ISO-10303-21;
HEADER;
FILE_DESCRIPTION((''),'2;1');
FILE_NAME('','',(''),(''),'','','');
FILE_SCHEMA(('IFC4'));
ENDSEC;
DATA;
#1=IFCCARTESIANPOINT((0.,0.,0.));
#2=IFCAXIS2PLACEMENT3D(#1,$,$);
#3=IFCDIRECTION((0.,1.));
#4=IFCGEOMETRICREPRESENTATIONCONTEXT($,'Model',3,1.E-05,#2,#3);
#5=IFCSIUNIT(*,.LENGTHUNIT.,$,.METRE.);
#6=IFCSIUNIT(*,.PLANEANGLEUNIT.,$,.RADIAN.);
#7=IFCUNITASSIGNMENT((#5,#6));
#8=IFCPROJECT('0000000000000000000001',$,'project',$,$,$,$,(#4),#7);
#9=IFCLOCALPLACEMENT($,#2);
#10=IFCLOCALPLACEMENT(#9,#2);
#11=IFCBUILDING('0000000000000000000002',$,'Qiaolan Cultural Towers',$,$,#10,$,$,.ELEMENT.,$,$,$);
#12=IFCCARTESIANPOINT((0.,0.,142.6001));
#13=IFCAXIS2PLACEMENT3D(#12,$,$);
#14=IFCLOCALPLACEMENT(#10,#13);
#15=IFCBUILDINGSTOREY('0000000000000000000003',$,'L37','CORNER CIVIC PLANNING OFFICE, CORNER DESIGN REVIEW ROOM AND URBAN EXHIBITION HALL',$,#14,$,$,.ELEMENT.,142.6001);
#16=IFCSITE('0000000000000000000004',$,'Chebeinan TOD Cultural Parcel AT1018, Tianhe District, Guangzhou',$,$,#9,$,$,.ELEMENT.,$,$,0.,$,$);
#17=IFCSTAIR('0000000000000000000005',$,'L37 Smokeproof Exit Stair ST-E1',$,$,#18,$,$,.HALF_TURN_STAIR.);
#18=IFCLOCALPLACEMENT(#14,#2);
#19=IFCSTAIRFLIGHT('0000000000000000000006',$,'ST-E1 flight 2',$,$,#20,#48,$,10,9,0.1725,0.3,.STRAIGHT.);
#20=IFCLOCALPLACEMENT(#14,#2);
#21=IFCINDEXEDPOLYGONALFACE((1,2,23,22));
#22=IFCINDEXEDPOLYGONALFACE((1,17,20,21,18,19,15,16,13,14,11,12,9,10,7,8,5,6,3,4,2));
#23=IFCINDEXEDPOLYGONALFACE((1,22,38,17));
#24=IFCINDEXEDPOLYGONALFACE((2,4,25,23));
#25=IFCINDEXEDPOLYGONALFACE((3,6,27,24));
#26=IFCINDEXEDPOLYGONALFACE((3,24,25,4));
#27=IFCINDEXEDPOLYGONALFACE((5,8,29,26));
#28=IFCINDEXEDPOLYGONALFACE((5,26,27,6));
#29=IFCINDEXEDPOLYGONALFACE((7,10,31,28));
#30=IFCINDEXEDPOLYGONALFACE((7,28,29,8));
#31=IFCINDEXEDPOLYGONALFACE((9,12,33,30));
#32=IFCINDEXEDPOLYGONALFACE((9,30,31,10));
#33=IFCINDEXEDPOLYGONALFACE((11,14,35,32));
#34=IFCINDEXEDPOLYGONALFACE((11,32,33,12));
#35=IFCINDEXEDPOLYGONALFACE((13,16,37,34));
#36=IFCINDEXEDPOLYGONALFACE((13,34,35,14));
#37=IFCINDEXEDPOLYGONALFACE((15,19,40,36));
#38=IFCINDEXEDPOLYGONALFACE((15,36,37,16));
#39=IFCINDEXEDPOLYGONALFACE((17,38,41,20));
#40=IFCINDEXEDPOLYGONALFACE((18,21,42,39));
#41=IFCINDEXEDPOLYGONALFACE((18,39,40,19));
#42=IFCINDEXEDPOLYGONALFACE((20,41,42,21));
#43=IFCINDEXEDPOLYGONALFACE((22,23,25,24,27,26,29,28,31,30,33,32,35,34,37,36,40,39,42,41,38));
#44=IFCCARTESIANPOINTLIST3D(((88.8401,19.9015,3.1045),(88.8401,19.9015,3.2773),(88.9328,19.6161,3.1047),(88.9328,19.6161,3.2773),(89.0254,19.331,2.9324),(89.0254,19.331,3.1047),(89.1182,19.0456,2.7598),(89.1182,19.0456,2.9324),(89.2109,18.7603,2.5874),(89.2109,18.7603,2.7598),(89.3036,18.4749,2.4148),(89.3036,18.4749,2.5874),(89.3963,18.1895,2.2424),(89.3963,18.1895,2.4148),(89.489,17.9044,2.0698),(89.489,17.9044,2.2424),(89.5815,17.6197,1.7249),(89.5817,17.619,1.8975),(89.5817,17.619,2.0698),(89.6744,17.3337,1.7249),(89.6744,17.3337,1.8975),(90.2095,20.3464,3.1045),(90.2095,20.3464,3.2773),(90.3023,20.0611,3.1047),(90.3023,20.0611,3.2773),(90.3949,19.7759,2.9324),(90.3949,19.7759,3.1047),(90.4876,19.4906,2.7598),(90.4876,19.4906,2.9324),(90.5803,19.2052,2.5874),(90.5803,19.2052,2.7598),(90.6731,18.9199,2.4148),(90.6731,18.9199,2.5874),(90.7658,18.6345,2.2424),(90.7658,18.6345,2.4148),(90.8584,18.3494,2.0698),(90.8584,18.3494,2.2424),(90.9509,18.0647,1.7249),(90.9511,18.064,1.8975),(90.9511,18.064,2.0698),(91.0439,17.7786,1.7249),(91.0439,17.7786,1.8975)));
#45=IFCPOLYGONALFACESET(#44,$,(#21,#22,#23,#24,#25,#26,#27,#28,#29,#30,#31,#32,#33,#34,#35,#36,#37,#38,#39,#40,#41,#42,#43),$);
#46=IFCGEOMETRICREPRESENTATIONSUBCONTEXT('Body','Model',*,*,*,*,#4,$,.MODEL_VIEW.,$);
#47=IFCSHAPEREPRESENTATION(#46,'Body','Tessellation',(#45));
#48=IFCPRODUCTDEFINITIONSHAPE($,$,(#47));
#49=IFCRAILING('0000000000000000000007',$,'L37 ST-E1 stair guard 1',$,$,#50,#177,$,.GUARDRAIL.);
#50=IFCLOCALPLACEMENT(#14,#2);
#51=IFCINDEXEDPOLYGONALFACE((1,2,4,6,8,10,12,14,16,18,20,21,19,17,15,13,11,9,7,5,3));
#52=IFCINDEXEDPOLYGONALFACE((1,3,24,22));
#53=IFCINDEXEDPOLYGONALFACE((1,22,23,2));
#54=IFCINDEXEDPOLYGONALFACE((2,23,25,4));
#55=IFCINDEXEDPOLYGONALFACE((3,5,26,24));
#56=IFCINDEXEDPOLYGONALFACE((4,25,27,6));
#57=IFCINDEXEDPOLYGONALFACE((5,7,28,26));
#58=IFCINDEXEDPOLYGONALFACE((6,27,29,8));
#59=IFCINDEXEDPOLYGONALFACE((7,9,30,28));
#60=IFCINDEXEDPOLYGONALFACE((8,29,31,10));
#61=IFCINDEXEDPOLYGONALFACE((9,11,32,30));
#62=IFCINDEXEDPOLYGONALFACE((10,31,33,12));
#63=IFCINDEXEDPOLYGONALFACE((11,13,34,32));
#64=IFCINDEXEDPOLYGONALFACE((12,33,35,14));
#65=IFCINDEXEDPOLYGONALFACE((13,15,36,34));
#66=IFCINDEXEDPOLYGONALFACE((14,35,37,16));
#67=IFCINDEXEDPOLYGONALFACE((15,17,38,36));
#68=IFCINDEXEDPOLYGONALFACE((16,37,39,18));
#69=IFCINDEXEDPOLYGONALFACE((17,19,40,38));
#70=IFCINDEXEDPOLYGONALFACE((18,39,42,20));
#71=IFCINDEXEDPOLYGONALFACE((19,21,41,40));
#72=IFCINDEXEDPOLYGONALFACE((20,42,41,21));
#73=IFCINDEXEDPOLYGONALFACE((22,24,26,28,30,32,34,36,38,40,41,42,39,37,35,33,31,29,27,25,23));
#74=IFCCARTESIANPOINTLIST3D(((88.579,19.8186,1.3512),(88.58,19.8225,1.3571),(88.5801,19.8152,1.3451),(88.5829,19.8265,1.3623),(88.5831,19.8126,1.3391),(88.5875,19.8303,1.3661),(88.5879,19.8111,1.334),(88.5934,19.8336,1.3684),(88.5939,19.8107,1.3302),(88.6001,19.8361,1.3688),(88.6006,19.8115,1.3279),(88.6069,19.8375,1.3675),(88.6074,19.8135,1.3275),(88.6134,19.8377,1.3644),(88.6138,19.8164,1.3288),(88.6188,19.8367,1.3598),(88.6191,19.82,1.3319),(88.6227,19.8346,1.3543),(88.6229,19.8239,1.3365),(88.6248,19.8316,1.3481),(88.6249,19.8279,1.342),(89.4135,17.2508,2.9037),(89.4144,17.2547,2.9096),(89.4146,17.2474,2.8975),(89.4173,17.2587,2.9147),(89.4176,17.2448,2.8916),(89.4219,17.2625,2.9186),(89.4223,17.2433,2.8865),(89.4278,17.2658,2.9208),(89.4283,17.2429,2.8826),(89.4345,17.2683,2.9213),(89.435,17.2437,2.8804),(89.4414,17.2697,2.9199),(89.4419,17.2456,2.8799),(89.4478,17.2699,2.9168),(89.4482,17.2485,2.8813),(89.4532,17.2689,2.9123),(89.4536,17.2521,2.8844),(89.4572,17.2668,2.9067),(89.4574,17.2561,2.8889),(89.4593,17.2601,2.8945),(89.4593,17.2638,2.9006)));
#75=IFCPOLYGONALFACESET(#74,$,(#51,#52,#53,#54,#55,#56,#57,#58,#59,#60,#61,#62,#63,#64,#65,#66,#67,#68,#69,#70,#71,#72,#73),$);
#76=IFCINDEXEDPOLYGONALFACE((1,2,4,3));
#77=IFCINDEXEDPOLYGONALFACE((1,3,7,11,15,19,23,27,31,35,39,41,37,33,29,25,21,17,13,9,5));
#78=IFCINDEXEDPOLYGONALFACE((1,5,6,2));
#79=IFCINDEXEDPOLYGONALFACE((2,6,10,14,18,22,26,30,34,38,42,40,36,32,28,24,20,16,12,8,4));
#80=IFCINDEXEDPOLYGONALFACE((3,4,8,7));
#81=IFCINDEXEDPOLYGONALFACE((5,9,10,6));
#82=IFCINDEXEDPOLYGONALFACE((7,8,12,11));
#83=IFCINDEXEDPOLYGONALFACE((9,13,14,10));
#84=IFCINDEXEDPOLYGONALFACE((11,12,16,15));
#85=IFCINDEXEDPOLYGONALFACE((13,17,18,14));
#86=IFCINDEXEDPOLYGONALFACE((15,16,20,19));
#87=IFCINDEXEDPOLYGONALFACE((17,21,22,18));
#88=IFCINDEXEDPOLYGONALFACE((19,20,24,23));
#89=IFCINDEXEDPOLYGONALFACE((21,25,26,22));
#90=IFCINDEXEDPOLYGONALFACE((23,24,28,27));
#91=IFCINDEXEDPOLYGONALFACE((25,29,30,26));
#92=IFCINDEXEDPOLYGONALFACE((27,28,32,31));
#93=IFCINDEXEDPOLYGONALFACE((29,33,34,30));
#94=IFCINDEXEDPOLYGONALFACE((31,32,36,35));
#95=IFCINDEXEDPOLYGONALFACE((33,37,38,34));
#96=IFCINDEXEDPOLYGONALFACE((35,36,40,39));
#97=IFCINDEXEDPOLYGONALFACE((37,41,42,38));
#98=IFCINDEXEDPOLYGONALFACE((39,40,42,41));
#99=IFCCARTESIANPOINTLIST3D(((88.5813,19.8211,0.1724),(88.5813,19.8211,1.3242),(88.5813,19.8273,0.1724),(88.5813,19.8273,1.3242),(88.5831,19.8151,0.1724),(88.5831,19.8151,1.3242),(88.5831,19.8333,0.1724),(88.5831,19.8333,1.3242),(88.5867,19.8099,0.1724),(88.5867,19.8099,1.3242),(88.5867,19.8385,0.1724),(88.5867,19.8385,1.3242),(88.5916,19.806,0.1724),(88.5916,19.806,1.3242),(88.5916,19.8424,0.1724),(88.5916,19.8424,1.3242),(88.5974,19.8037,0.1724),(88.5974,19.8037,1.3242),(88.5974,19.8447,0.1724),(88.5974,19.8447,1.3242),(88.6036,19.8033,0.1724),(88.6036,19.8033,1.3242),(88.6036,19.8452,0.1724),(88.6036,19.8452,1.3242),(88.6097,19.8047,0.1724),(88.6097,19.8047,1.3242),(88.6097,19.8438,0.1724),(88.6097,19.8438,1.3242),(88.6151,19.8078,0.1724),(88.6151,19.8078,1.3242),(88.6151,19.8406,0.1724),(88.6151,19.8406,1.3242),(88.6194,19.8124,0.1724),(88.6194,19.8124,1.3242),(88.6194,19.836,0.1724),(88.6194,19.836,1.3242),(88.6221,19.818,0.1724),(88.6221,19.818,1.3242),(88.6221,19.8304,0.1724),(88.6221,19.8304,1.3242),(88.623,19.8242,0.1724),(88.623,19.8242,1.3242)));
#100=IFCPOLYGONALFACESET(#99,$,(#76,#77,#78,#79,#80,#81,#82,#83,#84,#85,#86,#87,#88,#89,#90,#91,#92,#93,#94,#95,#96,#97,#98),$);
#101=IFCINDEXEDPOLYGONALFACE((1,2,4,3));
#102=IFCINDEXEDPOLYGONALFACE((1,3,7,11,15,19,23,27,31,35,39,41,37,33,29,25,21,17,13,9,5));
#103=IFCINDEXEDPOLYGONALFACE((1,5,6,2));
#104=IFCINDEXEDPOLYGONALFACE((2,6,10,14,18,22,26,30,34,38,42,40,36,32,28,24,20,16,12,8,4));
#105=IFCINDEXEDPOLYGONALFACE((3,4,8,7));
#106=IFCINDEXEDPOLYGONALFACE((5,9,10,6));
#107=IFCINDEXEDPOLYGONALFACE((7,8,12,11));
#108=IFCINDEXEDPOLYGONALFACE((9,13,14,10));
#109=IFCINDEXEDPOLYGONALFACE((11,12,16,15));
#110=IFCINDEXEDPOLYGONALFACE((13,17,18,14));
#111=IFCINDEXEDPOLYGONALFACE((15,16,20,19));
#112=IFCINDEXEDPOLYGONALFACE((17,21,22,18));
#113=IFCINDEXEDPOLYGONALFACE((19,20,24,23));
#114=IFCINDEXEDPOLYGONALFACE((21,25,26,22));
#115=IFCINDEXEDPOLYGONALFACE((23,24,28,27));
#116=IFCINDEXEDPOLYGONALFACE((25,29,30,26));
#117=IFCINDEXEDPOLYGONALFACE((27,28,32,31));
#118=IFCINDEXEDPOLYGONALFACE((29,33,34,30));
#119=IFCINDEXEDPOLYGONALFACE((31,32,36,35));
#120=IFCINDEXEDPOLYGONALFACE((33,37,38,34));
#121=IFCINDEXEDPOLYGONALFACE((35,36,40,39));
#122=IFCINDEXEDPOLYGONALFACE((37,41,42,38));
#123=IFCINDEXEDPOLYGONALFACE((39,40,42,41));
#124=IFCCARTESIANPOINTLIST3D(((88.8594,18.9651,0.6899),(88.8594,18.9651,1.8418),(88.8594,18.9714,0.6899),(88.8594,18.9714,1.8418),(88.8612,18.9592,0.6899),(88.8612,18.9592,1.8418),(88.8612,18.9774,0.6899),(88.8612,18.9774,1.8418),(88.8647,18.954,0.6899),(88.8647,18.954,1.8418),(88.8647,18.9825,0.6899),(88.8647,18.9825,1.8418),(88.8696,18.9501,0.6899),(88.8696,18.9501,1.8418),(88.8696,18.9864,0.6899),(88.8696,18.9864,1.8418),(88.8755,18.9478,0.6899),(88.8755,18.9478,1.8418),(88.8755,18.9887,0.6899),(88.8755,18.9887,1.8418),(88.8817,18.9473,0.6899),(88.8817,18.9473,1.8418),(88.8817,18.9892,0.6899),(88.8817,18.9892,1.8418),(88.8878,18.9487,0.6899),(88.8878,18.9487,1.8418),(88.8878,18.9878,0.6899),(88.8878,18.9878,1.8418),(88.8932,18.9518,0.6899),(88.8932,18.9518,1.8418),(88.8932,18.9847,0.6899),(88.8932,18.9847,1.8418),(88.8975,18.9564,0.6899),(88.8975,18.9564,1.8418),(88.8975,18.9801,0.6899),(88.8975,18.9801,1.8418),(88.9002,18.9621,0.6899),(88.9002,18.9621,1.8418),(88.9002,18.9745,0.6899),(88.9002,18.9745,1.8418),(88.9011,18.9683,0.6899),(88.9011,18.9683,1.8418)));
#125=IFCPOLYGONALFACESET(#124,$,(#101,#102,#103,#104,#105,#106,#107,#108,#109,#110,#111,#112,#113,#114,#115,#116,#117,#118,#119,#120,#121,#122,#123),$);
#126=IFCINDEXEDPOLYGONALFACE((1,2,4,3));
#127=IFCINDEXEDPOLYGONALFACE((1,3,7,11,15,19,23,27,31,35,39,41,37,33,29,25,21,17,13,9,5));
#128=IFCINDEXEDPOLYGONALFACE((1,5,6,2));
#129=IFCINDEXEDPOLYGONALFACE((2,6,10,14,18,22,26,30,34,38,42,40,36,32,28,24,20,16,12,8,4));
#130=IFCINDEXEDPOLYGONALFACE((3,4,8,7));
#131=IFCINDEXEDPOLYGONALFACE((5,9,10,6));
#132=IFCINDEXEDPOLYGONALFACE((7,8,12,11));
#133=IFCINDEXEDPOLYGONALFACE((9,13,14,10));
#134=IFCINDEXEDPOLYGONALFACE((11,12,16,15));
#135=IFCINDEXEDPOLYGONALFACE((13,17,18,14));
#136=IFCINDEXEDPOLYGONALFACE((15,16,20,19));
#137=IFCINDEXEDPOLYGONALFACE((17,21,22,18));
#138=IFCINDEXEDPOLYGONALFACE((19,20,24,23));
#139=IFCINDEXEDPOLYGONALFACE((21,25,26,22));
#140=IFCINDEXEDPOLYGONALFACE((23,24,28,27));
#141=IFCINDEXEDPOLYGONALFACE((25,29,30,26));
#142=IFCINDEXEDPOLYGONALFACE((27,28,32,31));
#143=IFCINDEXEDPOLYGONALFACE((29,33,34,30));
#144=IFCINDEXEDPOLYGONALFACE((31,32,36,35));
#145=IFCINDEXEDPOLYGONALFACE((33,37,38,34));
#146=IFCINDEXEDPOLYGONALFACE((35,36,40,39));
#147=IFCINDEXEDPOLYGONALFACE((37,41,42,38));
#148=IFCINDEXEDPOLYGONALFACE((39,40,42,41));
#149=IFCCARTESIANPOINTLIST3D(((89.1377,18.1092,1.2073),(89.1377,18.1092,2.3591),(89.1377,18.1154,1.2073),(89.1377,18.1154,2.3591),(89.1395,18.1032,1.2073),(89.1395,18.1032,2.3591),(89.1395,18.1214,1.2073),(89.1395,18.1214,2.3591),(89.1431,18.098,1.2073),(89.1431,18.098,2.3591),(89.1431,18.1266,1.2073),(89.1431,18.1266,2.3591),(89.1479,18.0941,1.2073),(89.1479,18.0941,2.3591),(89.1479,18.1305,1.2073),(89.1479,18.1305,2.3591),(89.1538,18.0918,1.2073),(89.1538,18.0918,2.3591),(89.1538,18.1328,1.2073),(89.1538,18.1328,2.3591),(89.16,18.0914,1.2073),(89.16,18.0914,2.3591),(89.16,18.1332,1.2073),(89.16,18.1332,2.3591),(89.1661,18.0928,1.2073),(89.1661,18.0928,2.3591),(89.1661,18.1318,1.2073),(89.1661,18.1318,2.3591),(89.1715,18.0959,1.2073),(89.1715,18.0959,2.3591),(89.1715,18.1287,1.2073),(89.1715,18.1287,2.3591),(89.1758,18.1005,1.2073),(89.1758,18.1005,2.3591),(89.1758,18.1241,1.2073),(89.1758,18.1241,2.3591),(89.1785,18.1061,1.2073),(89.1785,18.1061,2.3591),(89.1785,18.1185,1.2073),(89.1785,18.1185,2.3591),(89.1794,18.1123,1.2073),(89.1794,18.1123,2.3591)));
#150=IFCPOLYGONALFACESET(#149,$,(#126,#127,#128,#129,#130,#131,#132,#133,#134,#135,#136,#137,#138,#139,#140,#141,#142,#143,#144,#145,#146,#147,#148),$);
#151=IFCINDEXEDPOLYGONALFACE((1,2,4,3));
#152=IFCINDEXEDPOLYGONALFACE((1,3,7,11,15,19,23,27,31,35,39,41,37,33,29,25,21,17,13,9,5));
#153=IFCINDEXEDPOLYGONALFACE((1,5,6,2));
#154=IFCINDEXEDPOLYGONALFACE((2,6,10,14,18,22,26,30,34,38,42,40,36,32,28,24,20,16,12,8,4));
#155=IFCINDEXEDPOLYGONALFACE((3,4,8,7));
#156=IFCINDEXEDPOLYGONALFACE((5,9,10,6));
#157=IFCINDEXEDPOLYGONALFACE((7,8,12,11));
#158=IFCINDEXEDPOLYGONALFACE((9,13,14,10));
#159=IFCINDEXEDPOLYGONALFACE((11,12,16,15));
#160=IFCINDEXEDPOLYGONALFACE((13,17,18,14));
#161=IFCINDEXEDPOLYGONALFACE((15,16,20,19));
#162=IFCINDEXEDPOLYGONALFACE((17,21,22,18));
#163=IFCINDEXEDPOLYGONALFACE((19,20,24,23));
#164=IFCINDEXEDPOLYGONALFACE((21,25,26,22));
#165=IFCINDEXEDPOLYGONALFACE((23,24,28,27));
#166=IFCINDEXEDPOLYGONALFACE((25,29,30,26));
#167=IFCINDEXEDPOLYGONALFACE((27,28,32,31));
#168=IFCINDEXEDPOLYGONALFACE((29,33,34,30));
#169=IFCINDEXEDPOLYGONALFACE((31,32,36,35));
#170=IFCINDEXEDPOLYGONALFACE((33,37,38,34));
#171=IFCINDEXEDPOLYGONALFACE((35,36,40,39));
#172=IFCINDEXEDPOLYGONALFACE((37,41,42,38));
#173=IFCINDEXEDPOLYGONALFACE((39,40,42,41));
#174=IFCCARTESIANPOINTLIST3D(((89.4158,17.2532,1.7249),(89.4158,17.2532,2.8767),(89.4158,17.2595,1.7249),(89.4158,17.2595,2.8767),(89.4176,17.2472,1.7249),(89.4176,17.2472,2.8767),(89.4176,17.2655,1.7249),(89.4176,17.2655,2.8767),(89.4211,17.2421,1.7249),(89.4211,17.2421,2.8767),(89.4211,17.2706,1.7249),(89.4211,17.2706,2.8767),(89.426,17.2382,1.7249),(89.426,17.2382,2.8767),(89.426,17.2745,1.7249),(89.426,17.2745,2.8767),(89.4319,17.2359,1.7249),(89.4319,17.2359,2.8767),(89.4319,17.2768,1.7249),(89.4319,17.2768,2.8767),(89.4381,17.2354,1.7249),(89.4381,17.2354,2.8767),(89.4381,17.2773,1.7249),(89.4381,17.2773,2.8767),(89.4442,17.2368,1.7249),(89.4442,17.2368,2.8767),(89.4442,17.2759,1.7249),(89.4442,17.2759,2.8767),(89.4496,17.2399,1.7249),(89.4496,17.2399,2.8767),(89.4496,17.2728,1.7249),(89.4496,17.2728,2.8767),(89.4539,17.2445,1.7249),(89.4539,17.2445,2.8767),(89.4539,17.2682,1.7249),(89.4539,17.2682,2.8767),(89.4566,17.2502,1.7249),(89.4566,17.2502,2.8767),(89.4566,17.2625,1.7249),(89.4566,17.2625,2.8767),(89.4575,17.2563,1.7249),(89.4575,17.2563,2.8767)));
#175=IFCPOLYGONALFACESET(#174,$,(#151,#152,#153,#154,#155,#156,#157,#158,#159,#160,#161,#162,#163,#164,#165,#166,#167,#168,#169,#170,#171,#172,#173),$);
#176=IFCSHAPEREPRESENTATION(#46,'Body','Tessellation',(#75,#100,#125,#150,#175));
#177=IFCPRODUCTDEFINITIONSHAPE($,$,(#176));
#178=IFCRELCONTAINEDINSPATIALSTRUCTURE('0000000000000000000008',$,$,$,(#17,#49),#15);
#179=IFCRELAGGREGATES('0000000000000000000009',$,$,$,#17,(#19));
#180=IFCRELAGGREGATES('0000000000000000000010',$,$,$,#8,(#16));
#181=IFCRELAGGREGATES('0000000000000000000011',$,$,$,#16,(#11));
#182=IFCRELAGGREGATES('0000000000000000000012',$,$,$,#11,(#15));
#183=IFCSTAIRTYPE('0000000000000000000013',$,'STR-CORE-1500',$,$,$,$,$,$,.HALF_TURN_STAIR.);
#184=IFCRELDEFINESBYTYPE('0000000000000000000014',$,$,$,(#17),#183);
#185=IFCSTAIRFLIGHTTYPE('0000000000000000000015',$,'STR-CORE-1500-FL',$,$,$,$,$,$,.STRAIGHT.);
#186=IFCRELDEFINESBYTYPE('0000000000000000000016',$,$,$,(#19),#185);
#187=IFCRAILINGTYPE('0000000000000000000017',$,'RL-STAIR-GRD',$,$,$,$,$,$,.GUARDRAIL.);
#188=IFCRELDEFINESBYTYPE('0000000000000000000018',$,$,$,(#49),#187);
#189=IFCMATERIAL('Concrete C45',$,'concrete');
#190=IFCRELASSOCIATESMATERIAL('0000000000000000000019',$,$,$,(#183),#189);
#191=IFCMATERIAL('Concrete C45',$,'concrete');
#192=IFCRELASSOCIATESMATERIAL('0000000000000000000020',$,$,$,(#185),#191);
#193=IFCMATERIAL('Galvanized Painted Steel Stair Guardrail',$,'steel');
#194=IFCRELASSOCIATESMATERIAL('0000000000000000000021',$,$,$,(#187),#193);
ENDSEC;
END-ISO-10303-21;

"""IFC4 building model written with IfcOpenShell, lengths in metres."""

from ifc_helpers import new_model, si_unit, direction, frame, origin, origin_2d, place, context, subcontext, project, spatial, polyline, circle, outline, extrude, material, type_object, element, aggregate, save


model = new_model("IFC4")

# Units and contexts
model_context = context("Model", 3, precision=1e-05, world=origin(), true_north=direction((0.0, 1.0)))
body_context = subcontext(model_context, "Body", "Model", "MODEL_VIEW")
ifc_project = project(units=[si_unit("LENGTHUNIT", "METRE"), si_unit("PLANEANGLEUNIT", "RADIAN")], contexts=[model_context])

# Site, building, storey
site_placement = place(None, origin())
site = spatial("IfcSite", under=ifc_project, at=site_placement, Name="Chebeinan TOD Cultural Parcel AT1018, Tianhe District, Guangzhou", CompositionType="ELEMENT", RefElevation=0.0)
building_placement = place(site_placement, origin())
building = spatial("IfcBuilding", under=site, at=building_placement, Name="Qiaolan Cultural Towers", CompositionType="ELEMENT")
storey_placement = place(building_placement, frame((0.0, 0.0, 142.6001)))
storey = spatial("IfcBuildingStorey", under=building, at=storey_placement, Name="L37", Description="CORNER CIVIC PLANNING OFFICE, CORNER DESIGN REVIEW ROOM AND URBAN EXHIBITION HALL", CompositionType="ELEMENT", Elevation=142.6001)

# Stair, stair flight
ifc_material_1 = material(Name="Concrete C45", Category="concrete")
stair_type = type_object("IfcStairType", Name="STR-CORE-1500", PredefinedType="HALF_TURN_STAIR", material=ifc_material_1)
stair_placement = place(storey_placement, origin())
stair = element("IfcStair", 1, at=stair_placement, inside=storey, type_object=stair_type, Name="L37 Smokeproof Exit Stair ST-E1", PredefinedType="HALF_TURN_STAIR")
ifc_material_2 = material(Name="Concrete C45", Category="concrete")
stair_flight_type = type_object("IfcStairFlightType", Name="STR-CORE-1500-FL", PredefinedType="STRAIGHT", material=ifc_material_2)
stair_flight_1_placement = place(storey_placement, frame((90.3591, 17.5562, 1.7249), z_axis=(0.0, 0.0, 1.0), x_axis=(-0.309017, 0.951057, 0.0)))
stair_flight_1 = element("IfcStairFlight", 2, at=stair_flight_1_placement, type_object=stair_flight_type, Name="ST-E1 flight 2", NumberOfRisers=10, NumberOfTreads=9, PredefinedType="STRAIGHT", RiserHeight=0.1725, TreadLength=0.3, context=body_context, shape_type="SweptSolid", body=[
    extrude(outline(polyline([(0.0, 0.0), (0.0, 0.1726), (0.3, 0.1726), (0.3, 0.345), (0.6001, 0.345), (0.6001, 0.5176), (0.8999, 0.5176), (0.8999, 0.6899), (1.2, 0.6899), (1.2, 0.8625), (1.5, 0.8625), (1.5, 1.0349), (1.8, 1.0349), (1.8, 1.2075), (2.1001, 1.2075), (2.1001, 1.3799), (2.3999, 1.3799), (2.3999, 1.5525), (2.7, 1.5525), (2.7, 1.7251), (2.7, 1.3796), (0.3008, 0.0), (0.0, 0.0)])), frame((0.0, 0.72, 0.0), z_axis=(0.0, -1.0, 0.0), x_axis=(1.0, 0.0, 0.0)), (0.0, 0.0, 1.0), 1.4399),
])
aggregate(stair, [stair_flight_1])

# Railing
ifc_material_3 = material(Name="Galvanized Painted Steel Stair Guardrail", Category="steel")
railing_type_1 = type_object("IfcRailingType", Name="RL-STAIR-GRD", PredefinedType="GUARDRAIL", material=ifc_material_3)
railing_1_placement = place(storey_placement, frame((88.6021, 19.8242, 0.1724)))
element("IfcRailing", 3, at=railing_1_placement, inside=storey, type_object=railing_type_1, Name="L37 ST-E1 stair guard 1", PredefinedType="GUARDRAIL", context=body_context, shape_type="SweptSolid", body=[
    extrude(circle(Radius=0.0239, at=origin_2d()), frame((0.0, 0.0, 1.1758), z_axis=(0.267926, -0.824471, 0.498461), x_axis=(0.951043, 0.309057, 0.0)), (0.0, 0.0, 1.0), 3.1145),
    extrude(circle(Radius=0.021, at=origin_2d()), origin(), (0.0, 0.0, 1.0), 1.1519),
    extrude(circle(Radius=0.021, at=origin_2d()), frame((0.2781, -0.856, 0.5176)), (0.0, 0.0, 1.0), 1.1519),
    extrude(circle(Radius=0.021, at=origin_2d()), frame((0.5564, -1.7119, 1.0349)), (0.0, 0.0, 1.0), 1.1519),
    extrude(circle(Radius=0.021, at=origin_2d()), frame((0.8345, -2.5679, 1.5525)), (0.0, 0.0, 1.0), 1.1519),
])

save(model, "model.ifc")
